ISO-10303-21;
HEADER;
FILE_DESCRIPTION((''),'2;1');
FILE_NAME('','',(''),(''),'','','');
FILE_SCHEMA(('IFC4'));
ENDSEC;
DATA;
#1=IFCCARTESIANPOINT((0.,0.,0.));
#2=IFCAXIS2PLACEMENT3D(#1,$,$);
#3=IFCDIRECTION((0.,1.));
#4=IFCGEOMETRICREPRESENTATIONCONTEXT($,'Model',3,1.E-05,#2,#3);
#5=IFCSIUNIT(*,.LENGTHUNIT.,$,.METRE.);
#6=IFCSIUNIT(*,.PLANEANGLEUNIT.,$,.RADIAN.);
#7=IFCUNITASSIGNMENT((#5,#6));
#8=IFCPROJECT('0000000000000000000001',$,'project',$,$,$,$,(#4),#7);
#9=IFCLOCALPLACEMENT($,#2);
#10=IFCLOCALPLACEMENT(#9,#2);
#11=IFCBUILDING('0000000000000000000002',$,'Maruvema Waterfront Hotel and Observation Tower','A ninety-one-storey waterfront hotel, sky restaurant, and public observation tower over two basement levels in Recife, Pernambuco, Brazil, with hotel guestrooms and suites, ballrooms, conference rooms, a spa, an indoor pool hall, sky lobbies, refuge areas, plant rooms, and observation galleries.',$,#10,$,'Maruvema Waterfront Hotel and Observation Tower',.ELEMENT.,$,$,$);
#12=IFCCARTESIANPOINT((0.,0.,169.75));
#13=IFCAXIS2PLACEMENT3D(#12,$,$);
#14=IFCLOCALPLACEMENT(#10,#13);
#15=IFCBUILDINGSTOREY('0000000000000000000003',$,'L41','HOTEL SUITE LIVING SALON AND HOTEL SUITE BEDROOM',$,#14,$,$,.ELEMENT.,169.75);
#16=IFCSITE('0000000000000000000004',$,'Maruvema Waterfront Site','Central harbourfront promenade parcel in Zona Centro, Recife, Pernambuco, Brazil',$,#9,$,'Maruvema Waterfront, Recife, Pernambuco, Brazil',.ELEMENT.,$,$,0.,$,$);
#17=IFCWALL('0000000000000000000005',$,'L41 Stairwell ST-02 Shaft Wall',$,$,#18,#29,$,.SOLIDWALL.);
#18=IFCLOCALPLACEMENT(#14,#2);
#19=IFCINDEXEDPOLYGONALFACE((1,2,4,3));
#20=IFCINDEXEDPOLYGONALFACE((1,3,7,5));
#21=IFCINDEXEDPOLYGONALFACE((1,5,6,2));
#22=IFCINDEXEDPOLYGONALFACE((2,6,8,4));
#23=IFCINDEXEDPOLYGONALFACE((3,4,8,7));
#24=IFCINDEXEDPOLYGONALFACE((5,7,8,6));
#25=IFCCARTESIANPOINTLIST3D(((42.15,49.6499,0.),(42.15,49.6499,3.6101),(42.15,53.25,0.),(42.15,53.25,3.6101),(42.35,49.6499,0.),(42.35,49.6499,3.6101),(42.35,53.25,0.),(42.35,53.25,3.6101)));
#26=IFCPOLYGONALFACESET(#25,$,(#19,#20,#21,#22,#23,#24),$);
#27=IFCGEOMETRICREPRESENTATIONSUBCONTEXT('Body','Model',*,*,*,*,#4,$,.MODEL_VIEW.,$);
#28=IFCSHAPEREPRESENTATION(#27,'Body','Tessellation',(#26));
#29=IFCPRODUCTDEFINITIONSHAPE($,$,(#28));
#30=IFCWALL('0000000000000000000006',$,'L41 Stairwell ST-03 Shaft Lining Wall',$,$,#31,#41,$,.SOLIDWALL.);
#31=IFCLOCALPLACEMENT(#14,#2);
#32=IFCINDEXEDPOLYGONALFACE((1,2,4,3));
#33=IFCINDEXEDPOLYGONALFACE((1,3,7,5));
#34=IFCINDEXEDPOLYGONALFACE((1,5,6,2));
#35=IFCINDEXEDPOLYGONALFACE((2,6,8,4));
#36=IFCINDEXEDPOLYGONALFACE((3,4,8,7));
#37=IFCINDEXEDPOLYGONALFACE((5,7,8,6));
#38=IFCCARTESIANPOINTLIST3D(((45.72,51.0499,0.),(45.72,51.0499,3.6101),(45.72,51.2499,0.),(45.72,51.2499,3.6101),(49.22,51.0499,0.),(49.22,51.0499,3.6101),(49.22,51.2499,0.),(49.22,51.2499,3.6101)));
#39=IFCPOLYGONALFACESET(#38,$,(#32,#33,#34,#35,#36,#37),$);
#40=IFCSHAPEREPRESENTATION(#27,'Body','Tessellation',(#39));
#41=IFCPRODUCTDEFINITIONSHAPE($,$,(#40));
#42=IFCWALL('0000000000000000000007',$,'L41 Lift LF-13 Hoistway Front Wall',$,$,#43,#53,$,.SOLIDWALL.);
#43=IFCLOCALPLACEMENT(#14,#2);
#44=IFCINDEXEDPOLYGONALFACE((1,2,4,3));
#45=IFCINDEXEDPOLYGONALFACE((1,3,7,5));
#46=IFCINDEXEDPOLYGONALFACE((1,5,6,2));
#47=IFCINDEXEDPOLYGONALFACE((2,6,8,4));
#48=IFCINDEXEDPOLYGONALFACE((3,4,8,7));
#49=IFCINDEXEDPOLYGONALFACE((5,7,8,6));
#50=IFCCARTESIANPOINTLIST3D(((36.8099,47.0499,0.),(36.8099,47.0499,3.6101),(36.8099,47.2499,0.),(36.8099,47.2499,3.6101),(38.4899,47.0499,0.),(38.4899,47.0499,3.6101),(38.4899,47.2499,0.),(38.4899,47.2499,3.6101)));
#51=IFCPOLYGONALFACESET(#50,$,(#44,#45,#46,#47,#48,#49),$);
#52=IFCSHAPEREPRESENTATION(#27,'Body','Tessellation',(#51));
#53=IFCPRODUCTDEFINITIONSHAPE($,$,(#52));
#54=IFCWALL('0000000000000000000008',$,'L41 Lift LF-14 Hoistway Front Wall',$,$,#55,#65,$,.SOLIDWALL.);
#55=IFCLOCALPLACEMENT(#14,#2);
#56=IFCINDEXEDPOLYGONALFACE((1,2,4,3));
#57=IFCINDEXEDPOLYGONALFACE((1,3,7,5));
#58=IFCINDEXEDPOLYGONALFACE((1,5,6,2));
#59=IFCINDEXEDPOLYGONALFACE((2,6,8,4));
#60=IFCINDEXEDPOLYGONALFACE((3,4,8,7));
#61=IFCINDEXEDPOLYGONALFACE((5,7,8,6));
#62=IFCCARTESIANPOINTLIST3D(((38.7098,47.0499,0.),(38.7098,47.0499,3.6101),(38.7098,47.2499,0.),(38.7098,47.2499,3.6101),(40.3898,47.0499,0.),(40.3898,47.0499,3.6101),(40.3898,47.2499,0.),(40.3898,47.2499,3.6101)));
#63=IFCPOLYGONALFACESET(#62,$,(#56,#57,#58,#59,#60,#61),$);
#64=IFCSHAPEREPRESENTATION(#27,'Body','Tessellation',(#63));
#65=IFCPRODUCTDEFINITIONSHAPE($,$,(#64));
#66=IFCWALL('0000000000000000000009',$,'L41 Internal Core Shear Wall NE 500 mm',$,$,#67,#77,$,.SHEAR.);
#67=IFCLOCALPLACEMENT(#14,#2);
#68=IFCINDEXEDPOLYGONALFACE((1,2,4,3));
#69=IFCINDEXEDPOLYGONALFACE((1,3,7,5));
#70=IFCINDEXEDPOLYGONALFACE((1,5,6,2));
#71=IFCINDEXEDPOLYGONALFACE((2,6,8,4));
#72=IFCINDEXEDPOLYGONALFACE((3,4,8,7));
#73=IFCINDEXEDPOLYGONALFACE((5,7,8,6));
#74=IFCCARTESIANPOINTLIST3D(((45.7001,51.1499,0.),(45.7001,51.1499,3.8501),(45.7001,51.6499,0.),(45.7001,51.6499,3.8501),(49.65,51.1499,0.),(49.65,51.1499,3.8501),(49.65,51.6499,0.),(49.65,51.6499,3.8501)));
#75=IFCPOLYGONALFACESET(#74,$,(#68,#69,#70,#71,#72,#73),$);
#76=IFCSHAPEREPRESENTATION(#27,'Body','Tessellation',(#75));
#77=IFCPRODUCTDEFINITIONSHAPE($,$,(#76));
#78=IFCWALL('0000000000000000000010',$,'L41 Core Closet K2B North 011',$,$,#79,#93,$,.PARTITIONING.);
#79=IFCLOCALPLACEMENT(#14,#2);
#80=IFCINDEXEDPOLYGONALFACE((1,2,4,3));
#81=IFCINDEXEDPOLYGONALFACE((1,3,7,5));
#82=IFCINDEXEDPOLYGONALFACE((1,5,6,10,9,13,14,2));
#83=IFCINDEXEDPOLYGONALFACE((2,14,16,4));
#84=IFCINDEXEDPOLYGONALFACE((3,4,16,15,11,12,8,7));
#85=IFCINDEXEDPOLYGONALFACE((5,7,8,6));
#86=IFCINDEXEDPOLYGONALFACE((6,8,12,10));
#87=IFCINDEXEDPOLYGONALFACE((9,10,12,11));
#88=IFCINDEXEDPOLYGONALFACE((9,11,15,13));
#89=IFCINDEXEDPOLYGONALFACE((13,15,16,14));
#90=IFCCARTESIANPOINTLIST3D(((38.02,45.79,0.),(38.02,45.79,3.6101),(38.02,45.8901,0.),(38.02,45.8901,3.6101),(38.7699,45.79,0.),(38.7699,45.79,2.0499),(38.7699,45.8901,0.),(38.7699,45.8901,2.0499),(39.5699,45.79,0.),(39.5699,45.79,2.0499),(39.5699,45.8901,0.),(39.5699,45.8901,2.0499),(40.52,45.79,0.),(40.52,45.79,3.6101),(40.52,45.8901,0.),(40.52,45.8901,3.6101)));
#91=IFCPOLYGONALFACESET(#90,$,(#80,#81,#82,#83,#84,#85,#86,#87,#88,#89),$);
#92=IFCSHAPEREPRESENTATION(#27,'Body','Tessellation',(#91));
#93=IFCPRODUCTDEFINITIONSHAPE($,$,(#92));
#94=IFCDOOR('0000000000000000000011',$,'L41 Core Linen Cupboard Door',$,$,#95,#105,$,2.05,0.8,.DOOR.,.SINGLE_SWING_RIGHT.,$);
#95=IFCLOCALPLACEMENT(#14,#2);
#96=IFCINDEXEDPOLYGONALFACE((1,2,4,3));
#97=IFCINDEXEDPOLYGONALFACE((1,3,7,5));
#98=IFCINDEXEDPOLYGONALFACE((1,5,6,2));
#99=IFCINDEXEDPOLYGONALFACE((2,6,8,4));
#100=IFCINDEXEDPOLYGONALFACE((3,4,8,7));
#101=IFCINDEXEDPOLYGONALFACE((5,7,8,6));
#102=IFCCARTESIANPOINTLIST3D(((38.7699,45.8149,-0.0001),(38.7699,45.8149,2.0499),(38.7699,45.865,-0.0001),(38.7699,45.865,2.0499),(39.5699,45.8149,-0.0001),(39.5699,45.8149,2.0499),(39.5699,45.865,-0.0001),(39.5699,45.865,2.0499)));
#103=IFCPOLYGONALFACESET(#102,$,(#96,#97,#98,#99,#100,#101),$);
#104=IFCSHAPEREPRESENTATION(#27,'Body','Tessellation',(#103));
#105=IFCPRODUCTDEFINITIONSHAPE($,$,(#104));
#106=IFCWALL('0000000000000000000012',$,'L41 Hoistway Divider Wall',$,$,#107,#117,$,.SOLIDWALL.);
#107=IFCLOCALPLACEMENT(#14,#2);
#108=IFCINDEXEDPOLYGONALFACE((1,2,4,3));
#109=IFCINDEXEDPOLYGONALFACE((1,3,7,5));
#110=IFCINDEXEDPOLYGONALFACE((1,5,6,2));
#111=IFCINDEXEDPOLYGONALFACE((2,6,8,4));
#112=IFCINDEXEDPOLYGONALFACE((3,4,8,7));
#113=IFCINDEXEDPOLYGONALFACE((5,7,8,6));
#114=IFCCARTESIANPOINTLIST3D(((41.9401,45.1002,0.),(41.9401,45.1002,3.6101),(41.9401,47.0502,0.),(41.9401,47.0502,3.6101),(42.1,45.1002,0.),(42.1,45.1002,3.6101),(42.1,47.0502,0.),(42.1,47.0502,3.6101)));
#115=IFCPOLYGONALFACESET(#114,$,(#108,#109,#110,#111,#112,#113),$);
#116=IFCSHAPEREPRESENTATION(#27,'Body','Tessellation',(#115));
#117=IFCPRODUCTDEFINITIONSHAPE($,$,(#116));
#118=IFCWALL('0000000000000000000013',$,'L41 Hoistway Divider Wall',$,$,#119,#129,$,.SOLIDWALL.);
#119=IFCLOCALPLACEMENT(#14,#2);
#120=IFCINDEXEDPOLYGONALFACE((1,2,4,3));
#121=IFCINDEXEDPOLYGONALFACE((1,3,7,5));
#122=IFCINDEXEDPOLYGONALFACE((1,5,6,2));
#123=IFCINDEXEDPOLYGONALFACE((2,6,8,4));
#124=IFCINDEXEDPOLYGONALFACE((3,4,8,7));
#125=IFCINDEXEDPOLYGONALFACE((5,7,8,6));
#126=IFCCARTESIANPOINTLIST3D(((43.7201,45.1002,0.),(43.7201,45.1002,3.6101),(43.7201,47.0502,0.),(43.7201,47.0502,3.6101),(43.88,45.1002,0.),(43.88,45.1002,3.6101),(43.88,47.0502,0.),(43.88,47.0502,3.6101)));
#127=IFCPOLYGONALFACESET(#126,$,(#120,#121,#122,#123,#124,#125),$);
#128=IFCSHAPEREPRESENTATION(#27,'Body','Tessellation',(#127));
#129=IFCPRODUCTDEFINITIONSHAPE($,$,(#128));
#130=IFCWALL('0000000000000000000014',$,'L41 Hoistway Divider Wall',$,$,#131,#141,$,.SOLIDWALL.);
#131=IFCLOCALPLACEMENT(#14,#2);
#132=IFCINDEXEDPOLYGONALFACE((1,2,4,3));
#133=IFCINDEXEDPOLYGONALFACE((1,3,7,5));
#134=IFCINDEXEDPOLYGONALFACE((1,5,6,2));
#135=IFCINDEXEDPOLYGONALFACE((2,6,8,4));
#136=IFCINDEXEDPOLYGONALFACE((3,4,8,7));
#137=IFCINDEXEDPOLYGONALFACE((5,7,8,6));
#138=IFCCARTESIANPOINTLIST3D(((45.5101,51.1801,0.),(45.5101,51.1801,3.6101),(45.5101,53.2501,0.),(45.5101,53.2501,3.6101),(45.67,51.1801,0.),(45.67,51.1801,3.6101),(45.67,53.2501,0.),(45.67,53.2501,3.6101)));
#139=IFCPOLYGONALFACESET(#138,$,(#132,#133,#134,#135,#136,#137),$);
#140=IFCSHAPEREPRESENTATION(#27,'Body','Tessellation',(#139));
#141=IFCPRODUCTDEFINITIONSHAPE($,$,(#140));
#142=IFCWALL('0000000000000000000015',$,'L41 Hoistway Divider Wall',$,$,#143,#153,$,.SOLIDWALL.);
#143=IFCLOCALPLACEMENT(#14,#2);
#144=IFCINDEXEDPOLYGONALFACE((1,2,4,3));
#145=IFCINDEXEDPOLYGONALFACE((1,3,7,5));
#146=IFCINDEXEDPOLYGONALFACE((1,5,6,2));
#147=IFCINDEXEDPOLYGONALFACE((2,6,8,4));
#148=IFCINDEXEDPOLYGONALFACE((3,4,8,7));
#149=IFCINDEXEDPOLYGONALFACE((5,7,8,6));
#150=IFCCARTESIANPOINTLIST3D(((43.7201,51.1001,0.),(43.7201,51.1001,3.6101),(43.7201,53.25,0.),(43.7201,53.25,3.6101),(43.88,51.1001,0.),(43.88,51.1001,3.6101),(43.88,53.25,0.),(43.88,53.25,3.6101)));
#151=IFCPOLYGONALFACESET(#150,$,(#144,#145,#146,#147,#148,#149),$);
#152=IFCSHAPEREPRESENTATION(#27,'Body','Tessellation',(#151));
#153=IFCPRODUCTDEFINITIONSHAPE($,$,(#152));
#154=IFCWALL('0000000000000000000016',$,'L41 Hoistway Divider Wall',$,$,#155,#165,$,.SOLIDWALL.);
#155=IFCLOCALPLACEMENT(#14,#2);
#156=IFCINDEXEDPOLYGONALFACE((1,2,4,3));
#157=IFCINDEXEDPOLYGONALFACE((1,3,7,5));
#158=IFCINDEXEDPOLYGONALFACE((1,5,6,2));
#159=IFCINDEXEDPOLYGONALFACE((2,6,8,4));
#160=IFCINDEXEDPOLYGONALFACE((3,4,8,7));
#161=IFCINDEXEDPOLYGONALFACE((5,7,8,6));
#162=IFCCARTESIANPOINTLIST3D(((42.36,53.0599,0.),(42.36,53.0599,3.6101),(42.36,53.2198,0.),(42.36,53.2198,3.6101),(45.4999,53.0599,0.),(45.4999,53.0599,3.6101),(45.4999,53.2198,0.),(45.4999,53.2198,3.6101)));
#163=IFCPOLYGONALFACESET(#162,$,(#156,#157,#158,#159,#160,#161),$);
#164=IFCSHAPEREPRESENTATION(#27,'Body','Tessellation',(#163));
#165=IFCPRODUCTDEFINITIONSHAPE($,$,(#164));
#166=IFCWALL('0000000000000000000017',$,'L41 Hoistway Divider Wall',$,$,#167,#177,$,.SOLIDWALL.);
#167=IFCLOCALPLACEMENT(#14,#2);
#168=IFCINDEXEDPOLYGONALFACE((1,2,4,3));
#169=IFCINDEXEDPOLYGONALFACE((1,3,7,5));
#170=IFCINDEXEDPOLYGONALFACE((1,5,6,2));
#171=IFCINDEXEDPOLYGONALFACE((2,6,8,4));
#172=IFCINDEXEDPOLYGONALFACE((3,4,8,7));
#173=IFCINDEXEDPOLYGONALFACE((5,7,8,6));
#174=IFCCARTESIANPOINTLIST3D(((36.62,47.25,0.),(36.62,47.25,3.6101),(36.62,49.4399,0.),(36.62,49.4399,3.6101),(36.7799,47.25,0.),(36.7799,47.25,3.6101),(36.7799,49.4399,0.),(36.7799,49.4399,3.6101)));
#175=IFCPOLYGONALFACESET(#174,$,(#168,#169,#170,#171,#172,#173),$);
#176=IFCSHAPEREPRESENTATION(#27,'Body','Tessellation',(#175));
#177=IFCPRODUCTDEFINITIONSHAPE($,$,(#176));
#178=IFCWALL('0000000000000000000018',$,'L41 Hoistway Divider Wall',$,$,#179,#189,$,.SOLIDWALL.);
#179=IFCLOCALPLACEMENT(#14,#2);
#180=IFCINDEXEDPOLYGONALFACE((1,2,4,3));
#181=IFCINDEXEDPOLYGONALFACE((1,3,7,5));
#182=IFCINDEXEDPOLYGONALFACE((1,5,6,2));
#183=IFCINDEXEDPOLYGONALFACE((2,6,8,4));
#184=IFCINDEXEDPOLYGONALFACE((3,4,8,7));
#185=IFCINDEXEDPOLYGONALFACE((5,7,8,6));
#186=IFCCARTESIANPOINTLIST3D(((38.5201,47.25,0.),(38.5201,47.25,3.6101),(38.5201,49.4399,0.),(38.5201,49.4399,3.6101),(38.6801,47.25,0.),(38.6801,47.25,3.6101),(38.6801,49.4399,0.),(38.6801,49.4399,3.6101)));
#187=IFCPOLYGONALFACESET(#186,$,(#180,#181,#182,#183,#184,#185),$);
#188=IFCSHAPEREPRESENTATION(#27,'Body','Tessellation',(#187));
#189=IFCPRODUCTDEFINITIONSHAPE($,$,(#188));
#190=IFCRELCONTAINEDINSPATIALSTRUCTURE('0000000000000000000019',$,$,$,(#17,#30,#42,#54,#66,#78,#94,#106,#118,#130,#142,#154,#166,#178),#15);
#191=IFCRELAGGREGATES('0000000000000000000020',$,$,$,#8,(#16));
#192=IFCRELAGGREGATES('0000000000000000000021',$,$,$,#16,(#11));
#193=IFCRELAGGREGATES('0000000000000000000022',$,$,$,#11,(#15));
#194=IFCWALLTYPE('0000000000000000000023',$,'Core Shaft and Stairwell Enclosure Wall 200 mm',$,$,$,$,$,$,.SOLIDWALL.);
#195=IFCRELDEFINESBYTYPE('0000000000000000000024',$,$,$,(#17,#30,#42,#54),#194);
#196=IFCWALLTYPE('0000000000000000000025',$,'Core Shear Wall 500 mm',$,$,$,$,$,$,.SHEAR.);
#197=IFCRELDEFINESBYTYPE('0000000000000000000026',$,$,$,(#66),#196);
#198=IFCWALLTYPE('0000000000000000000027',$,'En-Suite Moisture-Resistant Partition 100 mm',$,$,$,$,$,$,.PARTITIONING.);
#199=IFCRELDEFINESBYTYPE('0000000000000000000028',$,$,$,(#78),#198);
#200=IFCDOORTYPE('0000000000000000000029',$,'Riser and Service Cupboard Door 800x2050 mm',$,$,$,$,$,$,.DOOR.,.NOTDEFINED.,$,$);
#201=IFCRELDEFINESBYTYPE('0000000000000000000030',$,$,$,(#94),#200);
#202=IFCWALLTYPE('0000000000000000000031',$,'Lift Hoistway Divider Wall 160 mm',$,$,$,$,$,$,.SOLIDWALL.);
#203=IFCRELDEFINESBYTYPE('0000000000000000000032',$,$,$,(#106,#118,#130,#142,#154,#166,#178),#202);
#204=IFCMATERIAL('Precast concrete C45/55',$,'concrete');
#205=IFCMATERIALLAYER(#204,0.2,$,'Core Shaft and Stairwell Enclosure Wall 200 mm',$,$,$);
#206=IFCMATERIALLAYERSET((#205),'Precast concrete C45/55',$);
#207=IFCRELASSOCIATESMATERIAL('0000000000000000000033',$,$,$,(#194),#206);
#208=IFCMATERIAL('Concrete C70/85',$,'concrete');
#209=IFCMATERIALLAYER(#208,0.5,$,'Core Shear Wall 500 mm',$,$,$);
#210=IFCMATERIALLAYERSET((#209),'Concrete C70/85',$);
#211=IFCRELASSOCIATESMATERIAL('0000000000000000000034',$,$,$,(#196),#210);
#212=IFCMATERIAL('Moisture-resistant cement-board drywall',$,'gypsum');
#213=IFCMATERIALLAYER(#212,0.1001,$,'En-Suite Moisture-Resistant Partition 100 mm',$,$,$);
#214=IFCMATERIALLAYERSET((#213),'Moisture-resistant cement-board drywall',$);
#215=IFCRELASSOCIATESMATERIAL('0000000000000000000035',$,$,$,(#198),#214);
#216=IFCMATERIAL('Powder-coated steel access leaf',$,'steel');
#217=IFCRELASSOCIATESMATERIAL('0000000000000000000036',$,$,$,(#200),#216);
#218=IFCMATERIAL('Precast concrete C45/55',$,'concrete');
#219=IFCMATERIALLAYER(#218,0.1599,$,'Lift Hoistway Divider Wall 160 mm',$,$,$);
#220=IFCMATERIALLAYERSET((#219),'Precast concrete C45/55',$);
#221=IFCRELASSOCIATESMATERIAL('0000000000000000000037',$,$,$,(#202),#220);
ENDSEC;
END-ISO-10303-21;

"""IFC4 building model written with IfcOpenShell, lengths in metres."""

from ifc_helpers import new_model, si_unit, direction, frame, frame_2d, origin, place, context, subcontext, project, spatial, rectangle, extrude, material, layer, layer_set, type_object, element, fill, save


model = new_model("IFC4")

# Units and contexts
model_context = context("Model", 3, precision=1e-05, world=origin(), true_north=direction((0.0, 1.0)))
body_context = subcontext(model_context, "Body", "Model", "MODEL_VIEW")
ifc_project = project(units=[si_unit("LENGTHUNIT", "METRE"), si_unit("PLANEANGLEUNIT", "RADIAN")], contexts=[model_context])

# Site, building, storey
site_placement = place(None, origin())
site = spatial("IfcSite", under=ifc_project, at=site_placement, Name="Maruvema Waterfront Site", Description="Central harbourfront promenade parcel in Zona Centro, Recife, Pernambuco, Brazil", LongName="Maruvema Waterfront, Recife, Pernambuco, Brazil", CompositionType="ELEMENT", RefElevation=0.0)
building_placement = place(site_placement, origin())
building = spatial("IfcBuilding", under=site, at=building_placement, Name="Maruvema Waterfront Hotel and Observation Tower", Description="A ninety-one-storey waterfront hotel, sky restaurant, and public observation tower over two basement levels in Recife, Pernambuco, Brazil, with hotel guestrooms and suites, ballrooms, conference rooms, a spa, an indoor pool hall, sky lobbies, refuge areas, plant rooms, and observation galleries.", LongName="Maruvema Waterfront Hotel and Observation Tower", CompositionType="ELEMENT")
storey_placement = place(building_placement, frame((0.0, 0.0, 169.75)))
storey = spatial("IfcBuildingStorey", under=building, at=storey_placement, Name="L41", Description="HOTEL SUITE LIVING SALON AND HOTEL SUITE BEDROOM", CompositionType="ELEMENT", Elevation=169.75)

# Walls
ifc_material_1 = material(Name="Precast concrete C45/55", Category="concrete")
ifc_layer_1 = layer(ifc_material_1, 0.2, Name="Core Shaft and Stairwell Enclosure Wall 200 mm")
ifc_layer_set_1 = layer_set([ifc_layer_1], Name="Precast concrete C45/55")
wall_type_1 = type_object("IfcWallType", Name="Core Shaft and Stairwell Enclosure Wall 200 mm", PredefinedType="SOLIDWALL", material=ifc_layer_set_1)
wall_1_placement = place(storey_placement, frame((42.25, 49.6499, 0.0), z_axis=(0.0, 0.0, 1.0), x_axis=(0.0, 1.0, 0.0)))
element("IfcWall", 1, at=wall_1_placement, inside=storey, type_object=wall_type_1, Name="L41 Stairwell ST-02 Shaft Wall", PredefinedType="SOLIDWALL", context=body_context, shape_type="SweptSolid", body=[
    extrude(rectangle(XDim=3.6001, YDim=0.2, at=frame_2d((1.8, 0.0))), origin(), (0.0, 0.0, 1.0), 3.6101),
])
wall_2_placement = place(storey_placement, frame((45.72, 51.1499, 0.0), z_axis=(0.0, 0.0, 1.0), x_axis=(1.0, 0.0, 0.0)))
element("IfcWall", 2, at=wall_2_placement, inside=storey, type_object=wall_type_1, Name="L41 Stairwell ST-03 Shaft Lining Wall", PredefinedType="SOLIDWALL", context=body_context, shape_type="SweptSolid", body=[
    extrude(rectangle(XDim=3.5, YDim=0.2, at=frame_2d((1.75, 0.0))), origin(), (0.0, 0.0, 1.0), 3.6101),
])

# Walls
for number, where, z_axis, x_axis, name in (
    (3, (36.8101, 47.1499, 0.0), (0.0, 0.0, 1.0), (1.0, 0.0, 0.0), "L41 Lift LF-13 Hoistway Front Wall"),
    (4, (38.71, 47.1499, 0.0), (0.0, 0.0, 1.0), (1.0, 0.0, 0.0), "L41 Lift LF-14 Hoistway Front Wall"),
):
    element("IfcWall", number, at=place(storey_placement, frame(where, z_axis=z_axis, x_axis=x_axis)), inside=storey, type_object=wall_type_1, Name=name, PredefinedType="SOLIDWALL", context=body_context, shape_type="SweptSolid", body=[
        extrude(rectangle(XDim=1.6799, YDim=0.2, at=frame_2d((0.8398, 0.0))), origin(), (0.0, 0.0, 1.0), 3.6101),
    ])
ifc_material_2 = material(Name="Concrete C70/85", Category="concrete")
ifc_layer_2 = layer(ifc_material_2, 0.5, Name="Core Shear Wall 500 mm")
ifc_layer_set_2 = layer_set([ifc_layer_2], Name="Concrete C70/85")
wall_type_2 = type_object("IfcWallType", Name="Core Shear Wall 500 mm", PredefinedType="SHEAR", material=ifc_layer_set_2)
wall_3_placement = place(storey_placement, frame((45.7, 51.3999, 0.0), z_axis=(0.0, 0.0, 1.0), x_axis=(1.0, 0.0, 0.0)))
element("IfcWall", 5, at=wall_3_placement, inside=storey, type_object=wall_type_2, Name="L41 Internal Core Shear Wall NE 500 mm", PredefinedType="SHEAR", context=body_context, shape_type="SweptSolid", body=[
    extrude(rectangle(XDim=3.95, YDim=0.5, at=frame_2d((1.9751, 0.0))), origin(), (0.0, 0.0, 1.0), 3.8501),
])

# Wall, opening, door
ifc_material_3 = material(Name="Moisture-resistant cement-board drywall", Category="gypsum")
ifc_layer_3 = layer(ifc_material_3, 0.1001, Name="En-Suite Moisture-Resistant Partition 100 mm")
ifc_layer_set_3 = layer_set([ifc_layer_3], Name="Moisture-resistant cement-board drywall")
wall_type_3 = type_object("IfcWallType", Name="En-Suite Moisture-Resistant Partition 100 mm", PredefinedType="PARTITIONING", material=ifc_layer_set_3)
wall_4_placement = place(storey_placement, frame((38.02, 45.8401, 0.0), z_axis=(0.0, 0.0, 1.0), x_axis=(1.0, 0.0, 0.0)))
wall_4 = element("IfcWall", 6, at=wall_4_placement, inside=storey, type_object=wall_type_3, Name="L41 Core Closet K2B North 011", PredefinedType="PARTITIONING", context=body_context, shape_type="SweptSolid", body=[
    extrude(rectangle(XDim=2.5, YDim=0.1001, at=frame_2d((1.25, 0.0))), origin(), (0.0, 0.0, 1.0), 3.6101),
])
opening_1_placement = place(wall_4_placement, frame((0.75, 0.0, 0.0)))
opening_1 = element("IfcOpeningElement", 7, at=opening_1_placement, cuts=wall_4, PredefinedType="OPENING", context=body_context, shape_type="SweptSolid", body=[
    extrude(rectangle(XDim=0.8, YDim=2.05, at=frame_2d((0.3999, 1.0249))), frame((0.0, 0.0601, 0.0), z_axis=(0.0, -1.0, 0.0), x_axis=(1.0, 0.0, 0.0)), (0.0, 0.0, 1.0), 0.1201),
])
ifc_material_4 = material(Name="Powder-coated steel access leaf", Category="steel")
door_type_1 = type_object("IfcDoorType", Name="Riser and Service Cupboard Door 800x2050 mm", OperationType="NOTDEFINED", PredefinedType="DOOR", material=ifc_material_4)
door_1_placement = place(opening_1_placement, origin())
door_1 = element("IfcDoor", 8, at=door_1_placement, inside=storey, type_object=door_type_1, Name="L41 Core Linen Cupboard Door", OperationType="SINGLE_SWING_RIGHT", OverallHeight=2.05, OverallWidth=0.8, PredefinedType="DOOR", context=body_context, shape_type="SweptSolid", body=[
    extrude(rectangle(XDim=0.8, YDim=2.05, at=frame_2d((0.3999, 1.0249))), frame((0.0, 0.0249, 0.0), z_axis=(0.0, -1.0, 0.0), x_axis=(1.0, 0.0, 0.0)), (0.0, 0.0, 1.0), 0.05),
])
fill(opening_1, door_1)

# Walls
ifc_material_5 = material(Name="Precast concrete C45/55", Category="concrete")
ifc_layer_4 = layer(ifc_material_5, 0.1599, Name="Lift Hoistway Divider Wall 160 mm")
ifc_layer_set_4 = layer_set([ifc_layer_4], Name="Precast concrete C45/55")
wall_type_4 = type_object("IfcWallType", Name="Lift Hoistway Divider Wall 160 mm", PredefinedType="SOLIDWALL", material=ifc_layer_set_4)
for number, where, z_axis, x_axis, name in (
    (9, (42.02, 45.1001, 0.0), (0.0, 0.0, 1.0), (0.0, 1.0, 0.0), "L41 Hoistway Divider Wall"),
    (10, (43.8, 45.1001, 0.0), (0.0, 0.0, 1.0), (0.0, 1.0, 0.0), "L41 Hoistway Divider Wall"),
):
    element("IfcWall", number, at=place(storey_placement, frame(where, z_axis=z_axis, x_axis=x_axis)), inside=storey, type_object=wall_type_4, Name=name, PredefinedType="SOLIDWALL", context=body_context, shape_type="SweptSolid", body=[
        extrude(rectangle(XDim=1.95, YDim=0.1599, at=frame_2d((0.9751, 0.0))), origin(), (0.0, 0.0, 1.0), 3.6101),
    ])
wall_5_placement = place(storey_placement, frame((45.5901, 51.1799, 0.0), z_axis=(0.0, 0.0, 1.0), x_axis=(0.0, 1.0, 0.0)))
element("IfcWall", 11, at=wall_5_placement, inside=storey, type_object=wall_type_4, Name="L41 Hoistway Divider Wall", PredefinedType="SOLIDWALL", context=body_context, shape_type="SweptSolid", body=[
    extrude(rectangle(XDim=2.0701, YDim=0.1599, at=frame_2d((1.0352, 0.0))), origin(), (0.0, 0.0, 1.0), 3.6101),
])
wall_6_placement = place(storey_placement, frame((43.8, 51.1001, 0.0), z_axis=(0.0, 0.0, 1.0), x_axis=(0.0, 1.0, 0.0)))
element("IfcWall", 12, at=wall_6_placement, inside=storey, type_object=wall_type_4, Name="L41 Hoistway Divider Wall", PredefinedType="SOLIDWALL", context=body_context, shape_type="SweptSolid", body=[
    extrude(rectangle(XDim=2.1499, YDim=0.1599, at=frame_2d((1.075, 0.0))), origin(), (0.0, 0.0, 1.0), 3.6101),
])
wall_7_placement = place(storey_placement, frame((42.3601, 53.1399, 0.0), z_axis=(0.0, 0.0, 1.0), x_axis=(1.0, 0.0, 0.0)))
element("IfcWall", 13, at=wall_7_placement, inside=storey, type_object=wall_type_4, Name="L41 Hoistway Divider Wall", PredefinedType="SOLIDWALL", context=body_context, shape_type="SweptSolid", body=[
    extrude(rectangle(XDim=3.1399, YDim=0.1599, at=frame_2d((1.5698, 0.0))), origin(), (0.0, 0.0, 1.0), 3.6101),
])
for number, where, z_axis, x_axis, name in (
    (14, (36.7, 47.25, 0.0), (0.0, 0.0, 1.0), (0.0, 1.0, 0.0), "L41 Hoistway Divider Wall"),
    (15, (38.6001, 47.25, 0.0), (0.0, 0.0, 1.0), (0.0, 1.0, 0.0), "L41 Hoistway Divider Wall"),
):
    element("IfcWall", number, at=place(storey_placement, frame(where, z_axis=z_axis, x_axis=x_axis)), inside=storey, type_object=wall_type_4, Name=name, PredefinedType="SOLIDWALL", context=body_context, shape_type="SweptSolid", body=[
        extrude(rectangle(XDim=2.1899, YDim=0.1599, at=frame_2d((1.095, 0.0))), origin(), (0.0, 0.0, 1.0), 3.6101),
    ])

save(model, "model.ifc")
